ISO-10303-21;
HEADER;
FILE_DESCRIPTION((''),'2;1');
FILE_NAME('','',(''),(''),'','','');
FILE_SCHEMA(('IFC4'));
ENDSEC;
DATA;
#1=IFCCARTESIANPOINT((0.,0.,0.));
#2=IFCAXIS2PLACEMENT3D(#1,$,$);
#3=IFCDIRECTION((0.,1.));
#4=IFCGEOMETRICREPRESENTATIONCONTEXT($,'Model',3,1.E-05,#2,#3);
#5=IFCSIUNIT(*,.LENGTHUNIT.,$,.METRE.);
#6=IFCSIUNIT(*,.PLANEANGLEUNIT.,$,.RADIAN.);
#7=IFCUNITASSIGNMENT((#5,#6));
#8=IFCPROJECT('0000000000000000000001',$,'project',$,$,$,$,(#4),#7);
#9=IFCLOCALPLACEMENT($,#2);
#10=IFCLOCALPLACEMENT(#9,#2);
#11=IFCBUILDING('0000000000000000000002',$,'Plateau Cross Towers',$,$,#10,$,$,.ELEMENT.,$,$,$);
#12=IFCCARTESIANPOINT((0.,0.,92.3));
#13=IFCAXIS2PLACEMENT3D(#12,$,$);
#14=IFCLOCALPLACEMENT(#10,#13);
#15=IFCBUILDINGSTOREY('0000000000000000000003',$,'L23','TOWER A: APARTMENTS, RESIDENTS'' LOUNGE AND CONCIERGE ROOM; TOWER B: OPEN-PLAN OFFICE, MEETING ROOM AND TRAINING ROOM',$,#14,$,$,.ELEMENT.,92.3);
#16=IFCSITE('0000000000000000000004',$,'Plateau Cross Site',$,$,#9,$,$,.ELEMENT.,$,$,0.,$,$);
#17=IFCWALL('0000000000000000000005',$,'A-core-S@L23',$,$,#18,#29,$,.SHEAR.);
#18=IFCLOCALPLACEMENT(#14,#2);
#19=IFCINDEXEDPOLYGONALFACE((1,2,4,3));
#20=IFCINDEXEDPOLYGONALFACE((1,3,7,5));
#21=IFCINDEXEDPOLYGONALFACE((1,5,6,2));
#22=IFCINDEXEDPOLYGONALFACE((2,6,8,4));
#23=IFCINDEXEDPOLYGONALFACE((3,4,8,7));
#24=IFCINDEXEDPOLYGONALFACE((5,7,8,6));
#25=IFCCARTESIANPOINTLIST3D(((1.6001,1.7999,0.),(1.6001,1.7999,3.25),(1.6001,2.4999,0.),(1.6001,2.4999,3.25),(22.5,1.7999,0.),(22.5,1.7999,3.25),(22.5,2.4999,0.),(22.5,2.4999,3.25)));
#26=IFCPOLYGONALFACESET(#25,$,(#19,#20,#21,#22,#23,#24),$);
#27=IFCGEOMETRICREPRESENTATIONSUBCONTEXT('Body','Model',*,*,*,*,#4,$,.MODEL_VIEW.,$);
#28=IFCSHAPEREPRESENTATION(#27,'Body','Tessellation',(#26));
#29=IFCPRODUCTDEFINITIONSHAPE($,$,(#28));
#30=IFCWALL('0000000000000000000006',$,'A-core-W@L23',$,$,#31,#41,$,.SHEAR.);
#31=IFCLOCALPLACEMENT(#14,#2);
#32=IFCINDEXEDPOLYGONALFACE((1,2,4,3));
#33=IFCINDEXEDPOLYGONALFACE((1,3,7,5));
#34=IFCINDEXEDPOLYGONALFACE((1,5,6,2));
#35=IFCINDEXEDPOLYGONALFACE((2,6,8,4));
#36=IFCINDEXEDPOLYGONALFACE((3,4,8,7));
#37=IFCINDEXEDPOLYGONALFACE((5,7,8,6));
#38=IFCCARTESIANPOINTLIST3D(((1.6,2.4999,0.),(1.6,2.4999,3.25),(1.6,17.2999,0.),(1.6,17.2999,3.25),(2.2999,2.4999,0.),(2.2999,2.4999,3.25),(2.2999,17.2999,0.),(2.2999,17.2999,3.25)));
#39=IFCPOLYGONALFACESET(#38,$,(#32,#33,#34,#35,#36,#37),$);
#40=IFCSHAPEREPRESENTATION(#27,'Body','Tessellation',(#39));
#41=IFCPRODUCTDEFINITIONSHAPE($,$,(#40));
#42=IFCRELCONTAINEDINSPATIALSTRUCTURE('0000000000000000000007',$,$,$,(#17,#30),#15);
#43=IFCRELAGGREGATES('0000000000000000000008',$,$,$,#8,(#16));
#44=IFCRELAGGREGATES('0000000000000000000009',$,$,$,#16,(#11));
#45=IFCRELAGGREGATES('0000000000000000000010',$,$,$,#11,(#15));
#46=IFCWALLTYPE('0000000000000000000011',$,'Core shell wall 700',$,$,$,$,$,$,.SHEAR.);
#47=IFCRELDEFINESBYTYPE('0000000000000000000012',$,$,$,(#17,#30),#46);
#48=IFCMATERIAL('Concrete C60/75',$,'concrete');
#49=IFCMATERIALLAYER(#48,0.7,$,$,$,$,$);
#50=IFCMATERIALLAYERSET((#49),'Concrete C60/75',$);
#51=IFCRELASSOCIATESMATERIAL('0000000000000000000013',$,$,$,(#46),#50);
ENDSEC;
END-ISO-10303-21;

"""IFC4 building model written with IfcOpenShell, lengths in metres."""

from ifc_helpers import new_model, si_unit, direction, frame, frame_2d, origin, place, context, subcontext, project, spatial, rectangle, extrude, material, layer, layer_set, type_object, element, save


model = new_model("IFC4")

# Units and contexts
model_context = context("Model", 3, precision=1e-05, world=origin(), true_north=direction((0.0, 1.0)))
body_context = subcontext(model_context, "Body", "Model", "MODEL_VIEW")
ifc_project = project(units=[si_unit("LENGTHUNIT", "METRE"), si_unit("PLANEANGLEUNIT", "RADIAN")], contexts=[model_context])

# Site, building, storey
site_placement = place(None, origin())
site = spatial("IfcSite", under=ifc_project, at=site_placement, Name="Plateau Cross Site", CompositionType="ELEMENT", RefElevation=0.0)
building_placement = place(site_placement, origin())
building = spatial("IfcBuilding", under=site, at=building_placement, Name="Plateau Cross Towers", CompositionType="ELEMENT")
storey_placement = place(building_placement, frame((0.0, 0.0, 92.3)))
storey = spatial("IfcBuildingStorey", under=building, at=storey_placement, Name="L23", Description="TOWER A: APARTMENTS, RESIDENTS' LOUNGE AND CONCIERGE ROOM; TOWER B: OPEN-PLAN OFFICE, MEETING ROOM AND TRAINING ROOM", CompositionType="ELEMENT", Elevation=92.3)

# Shared definitions
ifc_material_1 = material(Name="Concrete C60/75", Category="concrete")

# Walls
ifc_layer_1 = layer(ifc_material_1, 0.7)
ifc_layer_set_1 = layer_set([ifc_layer_1], Name="Concrete C60/75")
wall_type_1 = type_object("IfcWallType", Name="Core shell wall 700", PredefinedType="SHEAR", material=ifc_layer_set_1)
wall_1_placement = place(storey_placement, frame((1.6001, 2.1499, 0.0), z_axis=(0.0, 0.0, 1.0), x_axis=(1.0, 0.0, 0.0)))
element("IfcWall", 1, at=wall_1_placement, inside=storey, type_object=wall_type_1, Name="A-core-S@L23", PredefinedType="SHEAR", context=body_context, shape_type="SweptSolid", body=[
    extrude(rectangle(XDim=20.8999, YDim=0.7, at=frame_2d((10.45, 0.0))), origin(), (0.0, 0.0, 1.0), 3.25),
])
wall_2_placement = place(storey_placement, frame((1.95, 2.5, 0.0), z_axis=(0.0, 0.0, 1.0), x_axis=(0.0, 1.0, 0.0)))
element("IfcWall", 2, at=wall_2_placement, inside=storey, type_object=wall_type_1, Name="A-core-W@L23", PredefinedType="SHEAR", context=body_context, shape_type="SweptSolid", body=[
    extrude(rectangle(XDim=14.8, YDim=0.7, at=frame_2d((7.3999, 0.0))), origin(), (0.0, 0.0, 1.0), 3.25),
])

save(model, "model.ifc")
